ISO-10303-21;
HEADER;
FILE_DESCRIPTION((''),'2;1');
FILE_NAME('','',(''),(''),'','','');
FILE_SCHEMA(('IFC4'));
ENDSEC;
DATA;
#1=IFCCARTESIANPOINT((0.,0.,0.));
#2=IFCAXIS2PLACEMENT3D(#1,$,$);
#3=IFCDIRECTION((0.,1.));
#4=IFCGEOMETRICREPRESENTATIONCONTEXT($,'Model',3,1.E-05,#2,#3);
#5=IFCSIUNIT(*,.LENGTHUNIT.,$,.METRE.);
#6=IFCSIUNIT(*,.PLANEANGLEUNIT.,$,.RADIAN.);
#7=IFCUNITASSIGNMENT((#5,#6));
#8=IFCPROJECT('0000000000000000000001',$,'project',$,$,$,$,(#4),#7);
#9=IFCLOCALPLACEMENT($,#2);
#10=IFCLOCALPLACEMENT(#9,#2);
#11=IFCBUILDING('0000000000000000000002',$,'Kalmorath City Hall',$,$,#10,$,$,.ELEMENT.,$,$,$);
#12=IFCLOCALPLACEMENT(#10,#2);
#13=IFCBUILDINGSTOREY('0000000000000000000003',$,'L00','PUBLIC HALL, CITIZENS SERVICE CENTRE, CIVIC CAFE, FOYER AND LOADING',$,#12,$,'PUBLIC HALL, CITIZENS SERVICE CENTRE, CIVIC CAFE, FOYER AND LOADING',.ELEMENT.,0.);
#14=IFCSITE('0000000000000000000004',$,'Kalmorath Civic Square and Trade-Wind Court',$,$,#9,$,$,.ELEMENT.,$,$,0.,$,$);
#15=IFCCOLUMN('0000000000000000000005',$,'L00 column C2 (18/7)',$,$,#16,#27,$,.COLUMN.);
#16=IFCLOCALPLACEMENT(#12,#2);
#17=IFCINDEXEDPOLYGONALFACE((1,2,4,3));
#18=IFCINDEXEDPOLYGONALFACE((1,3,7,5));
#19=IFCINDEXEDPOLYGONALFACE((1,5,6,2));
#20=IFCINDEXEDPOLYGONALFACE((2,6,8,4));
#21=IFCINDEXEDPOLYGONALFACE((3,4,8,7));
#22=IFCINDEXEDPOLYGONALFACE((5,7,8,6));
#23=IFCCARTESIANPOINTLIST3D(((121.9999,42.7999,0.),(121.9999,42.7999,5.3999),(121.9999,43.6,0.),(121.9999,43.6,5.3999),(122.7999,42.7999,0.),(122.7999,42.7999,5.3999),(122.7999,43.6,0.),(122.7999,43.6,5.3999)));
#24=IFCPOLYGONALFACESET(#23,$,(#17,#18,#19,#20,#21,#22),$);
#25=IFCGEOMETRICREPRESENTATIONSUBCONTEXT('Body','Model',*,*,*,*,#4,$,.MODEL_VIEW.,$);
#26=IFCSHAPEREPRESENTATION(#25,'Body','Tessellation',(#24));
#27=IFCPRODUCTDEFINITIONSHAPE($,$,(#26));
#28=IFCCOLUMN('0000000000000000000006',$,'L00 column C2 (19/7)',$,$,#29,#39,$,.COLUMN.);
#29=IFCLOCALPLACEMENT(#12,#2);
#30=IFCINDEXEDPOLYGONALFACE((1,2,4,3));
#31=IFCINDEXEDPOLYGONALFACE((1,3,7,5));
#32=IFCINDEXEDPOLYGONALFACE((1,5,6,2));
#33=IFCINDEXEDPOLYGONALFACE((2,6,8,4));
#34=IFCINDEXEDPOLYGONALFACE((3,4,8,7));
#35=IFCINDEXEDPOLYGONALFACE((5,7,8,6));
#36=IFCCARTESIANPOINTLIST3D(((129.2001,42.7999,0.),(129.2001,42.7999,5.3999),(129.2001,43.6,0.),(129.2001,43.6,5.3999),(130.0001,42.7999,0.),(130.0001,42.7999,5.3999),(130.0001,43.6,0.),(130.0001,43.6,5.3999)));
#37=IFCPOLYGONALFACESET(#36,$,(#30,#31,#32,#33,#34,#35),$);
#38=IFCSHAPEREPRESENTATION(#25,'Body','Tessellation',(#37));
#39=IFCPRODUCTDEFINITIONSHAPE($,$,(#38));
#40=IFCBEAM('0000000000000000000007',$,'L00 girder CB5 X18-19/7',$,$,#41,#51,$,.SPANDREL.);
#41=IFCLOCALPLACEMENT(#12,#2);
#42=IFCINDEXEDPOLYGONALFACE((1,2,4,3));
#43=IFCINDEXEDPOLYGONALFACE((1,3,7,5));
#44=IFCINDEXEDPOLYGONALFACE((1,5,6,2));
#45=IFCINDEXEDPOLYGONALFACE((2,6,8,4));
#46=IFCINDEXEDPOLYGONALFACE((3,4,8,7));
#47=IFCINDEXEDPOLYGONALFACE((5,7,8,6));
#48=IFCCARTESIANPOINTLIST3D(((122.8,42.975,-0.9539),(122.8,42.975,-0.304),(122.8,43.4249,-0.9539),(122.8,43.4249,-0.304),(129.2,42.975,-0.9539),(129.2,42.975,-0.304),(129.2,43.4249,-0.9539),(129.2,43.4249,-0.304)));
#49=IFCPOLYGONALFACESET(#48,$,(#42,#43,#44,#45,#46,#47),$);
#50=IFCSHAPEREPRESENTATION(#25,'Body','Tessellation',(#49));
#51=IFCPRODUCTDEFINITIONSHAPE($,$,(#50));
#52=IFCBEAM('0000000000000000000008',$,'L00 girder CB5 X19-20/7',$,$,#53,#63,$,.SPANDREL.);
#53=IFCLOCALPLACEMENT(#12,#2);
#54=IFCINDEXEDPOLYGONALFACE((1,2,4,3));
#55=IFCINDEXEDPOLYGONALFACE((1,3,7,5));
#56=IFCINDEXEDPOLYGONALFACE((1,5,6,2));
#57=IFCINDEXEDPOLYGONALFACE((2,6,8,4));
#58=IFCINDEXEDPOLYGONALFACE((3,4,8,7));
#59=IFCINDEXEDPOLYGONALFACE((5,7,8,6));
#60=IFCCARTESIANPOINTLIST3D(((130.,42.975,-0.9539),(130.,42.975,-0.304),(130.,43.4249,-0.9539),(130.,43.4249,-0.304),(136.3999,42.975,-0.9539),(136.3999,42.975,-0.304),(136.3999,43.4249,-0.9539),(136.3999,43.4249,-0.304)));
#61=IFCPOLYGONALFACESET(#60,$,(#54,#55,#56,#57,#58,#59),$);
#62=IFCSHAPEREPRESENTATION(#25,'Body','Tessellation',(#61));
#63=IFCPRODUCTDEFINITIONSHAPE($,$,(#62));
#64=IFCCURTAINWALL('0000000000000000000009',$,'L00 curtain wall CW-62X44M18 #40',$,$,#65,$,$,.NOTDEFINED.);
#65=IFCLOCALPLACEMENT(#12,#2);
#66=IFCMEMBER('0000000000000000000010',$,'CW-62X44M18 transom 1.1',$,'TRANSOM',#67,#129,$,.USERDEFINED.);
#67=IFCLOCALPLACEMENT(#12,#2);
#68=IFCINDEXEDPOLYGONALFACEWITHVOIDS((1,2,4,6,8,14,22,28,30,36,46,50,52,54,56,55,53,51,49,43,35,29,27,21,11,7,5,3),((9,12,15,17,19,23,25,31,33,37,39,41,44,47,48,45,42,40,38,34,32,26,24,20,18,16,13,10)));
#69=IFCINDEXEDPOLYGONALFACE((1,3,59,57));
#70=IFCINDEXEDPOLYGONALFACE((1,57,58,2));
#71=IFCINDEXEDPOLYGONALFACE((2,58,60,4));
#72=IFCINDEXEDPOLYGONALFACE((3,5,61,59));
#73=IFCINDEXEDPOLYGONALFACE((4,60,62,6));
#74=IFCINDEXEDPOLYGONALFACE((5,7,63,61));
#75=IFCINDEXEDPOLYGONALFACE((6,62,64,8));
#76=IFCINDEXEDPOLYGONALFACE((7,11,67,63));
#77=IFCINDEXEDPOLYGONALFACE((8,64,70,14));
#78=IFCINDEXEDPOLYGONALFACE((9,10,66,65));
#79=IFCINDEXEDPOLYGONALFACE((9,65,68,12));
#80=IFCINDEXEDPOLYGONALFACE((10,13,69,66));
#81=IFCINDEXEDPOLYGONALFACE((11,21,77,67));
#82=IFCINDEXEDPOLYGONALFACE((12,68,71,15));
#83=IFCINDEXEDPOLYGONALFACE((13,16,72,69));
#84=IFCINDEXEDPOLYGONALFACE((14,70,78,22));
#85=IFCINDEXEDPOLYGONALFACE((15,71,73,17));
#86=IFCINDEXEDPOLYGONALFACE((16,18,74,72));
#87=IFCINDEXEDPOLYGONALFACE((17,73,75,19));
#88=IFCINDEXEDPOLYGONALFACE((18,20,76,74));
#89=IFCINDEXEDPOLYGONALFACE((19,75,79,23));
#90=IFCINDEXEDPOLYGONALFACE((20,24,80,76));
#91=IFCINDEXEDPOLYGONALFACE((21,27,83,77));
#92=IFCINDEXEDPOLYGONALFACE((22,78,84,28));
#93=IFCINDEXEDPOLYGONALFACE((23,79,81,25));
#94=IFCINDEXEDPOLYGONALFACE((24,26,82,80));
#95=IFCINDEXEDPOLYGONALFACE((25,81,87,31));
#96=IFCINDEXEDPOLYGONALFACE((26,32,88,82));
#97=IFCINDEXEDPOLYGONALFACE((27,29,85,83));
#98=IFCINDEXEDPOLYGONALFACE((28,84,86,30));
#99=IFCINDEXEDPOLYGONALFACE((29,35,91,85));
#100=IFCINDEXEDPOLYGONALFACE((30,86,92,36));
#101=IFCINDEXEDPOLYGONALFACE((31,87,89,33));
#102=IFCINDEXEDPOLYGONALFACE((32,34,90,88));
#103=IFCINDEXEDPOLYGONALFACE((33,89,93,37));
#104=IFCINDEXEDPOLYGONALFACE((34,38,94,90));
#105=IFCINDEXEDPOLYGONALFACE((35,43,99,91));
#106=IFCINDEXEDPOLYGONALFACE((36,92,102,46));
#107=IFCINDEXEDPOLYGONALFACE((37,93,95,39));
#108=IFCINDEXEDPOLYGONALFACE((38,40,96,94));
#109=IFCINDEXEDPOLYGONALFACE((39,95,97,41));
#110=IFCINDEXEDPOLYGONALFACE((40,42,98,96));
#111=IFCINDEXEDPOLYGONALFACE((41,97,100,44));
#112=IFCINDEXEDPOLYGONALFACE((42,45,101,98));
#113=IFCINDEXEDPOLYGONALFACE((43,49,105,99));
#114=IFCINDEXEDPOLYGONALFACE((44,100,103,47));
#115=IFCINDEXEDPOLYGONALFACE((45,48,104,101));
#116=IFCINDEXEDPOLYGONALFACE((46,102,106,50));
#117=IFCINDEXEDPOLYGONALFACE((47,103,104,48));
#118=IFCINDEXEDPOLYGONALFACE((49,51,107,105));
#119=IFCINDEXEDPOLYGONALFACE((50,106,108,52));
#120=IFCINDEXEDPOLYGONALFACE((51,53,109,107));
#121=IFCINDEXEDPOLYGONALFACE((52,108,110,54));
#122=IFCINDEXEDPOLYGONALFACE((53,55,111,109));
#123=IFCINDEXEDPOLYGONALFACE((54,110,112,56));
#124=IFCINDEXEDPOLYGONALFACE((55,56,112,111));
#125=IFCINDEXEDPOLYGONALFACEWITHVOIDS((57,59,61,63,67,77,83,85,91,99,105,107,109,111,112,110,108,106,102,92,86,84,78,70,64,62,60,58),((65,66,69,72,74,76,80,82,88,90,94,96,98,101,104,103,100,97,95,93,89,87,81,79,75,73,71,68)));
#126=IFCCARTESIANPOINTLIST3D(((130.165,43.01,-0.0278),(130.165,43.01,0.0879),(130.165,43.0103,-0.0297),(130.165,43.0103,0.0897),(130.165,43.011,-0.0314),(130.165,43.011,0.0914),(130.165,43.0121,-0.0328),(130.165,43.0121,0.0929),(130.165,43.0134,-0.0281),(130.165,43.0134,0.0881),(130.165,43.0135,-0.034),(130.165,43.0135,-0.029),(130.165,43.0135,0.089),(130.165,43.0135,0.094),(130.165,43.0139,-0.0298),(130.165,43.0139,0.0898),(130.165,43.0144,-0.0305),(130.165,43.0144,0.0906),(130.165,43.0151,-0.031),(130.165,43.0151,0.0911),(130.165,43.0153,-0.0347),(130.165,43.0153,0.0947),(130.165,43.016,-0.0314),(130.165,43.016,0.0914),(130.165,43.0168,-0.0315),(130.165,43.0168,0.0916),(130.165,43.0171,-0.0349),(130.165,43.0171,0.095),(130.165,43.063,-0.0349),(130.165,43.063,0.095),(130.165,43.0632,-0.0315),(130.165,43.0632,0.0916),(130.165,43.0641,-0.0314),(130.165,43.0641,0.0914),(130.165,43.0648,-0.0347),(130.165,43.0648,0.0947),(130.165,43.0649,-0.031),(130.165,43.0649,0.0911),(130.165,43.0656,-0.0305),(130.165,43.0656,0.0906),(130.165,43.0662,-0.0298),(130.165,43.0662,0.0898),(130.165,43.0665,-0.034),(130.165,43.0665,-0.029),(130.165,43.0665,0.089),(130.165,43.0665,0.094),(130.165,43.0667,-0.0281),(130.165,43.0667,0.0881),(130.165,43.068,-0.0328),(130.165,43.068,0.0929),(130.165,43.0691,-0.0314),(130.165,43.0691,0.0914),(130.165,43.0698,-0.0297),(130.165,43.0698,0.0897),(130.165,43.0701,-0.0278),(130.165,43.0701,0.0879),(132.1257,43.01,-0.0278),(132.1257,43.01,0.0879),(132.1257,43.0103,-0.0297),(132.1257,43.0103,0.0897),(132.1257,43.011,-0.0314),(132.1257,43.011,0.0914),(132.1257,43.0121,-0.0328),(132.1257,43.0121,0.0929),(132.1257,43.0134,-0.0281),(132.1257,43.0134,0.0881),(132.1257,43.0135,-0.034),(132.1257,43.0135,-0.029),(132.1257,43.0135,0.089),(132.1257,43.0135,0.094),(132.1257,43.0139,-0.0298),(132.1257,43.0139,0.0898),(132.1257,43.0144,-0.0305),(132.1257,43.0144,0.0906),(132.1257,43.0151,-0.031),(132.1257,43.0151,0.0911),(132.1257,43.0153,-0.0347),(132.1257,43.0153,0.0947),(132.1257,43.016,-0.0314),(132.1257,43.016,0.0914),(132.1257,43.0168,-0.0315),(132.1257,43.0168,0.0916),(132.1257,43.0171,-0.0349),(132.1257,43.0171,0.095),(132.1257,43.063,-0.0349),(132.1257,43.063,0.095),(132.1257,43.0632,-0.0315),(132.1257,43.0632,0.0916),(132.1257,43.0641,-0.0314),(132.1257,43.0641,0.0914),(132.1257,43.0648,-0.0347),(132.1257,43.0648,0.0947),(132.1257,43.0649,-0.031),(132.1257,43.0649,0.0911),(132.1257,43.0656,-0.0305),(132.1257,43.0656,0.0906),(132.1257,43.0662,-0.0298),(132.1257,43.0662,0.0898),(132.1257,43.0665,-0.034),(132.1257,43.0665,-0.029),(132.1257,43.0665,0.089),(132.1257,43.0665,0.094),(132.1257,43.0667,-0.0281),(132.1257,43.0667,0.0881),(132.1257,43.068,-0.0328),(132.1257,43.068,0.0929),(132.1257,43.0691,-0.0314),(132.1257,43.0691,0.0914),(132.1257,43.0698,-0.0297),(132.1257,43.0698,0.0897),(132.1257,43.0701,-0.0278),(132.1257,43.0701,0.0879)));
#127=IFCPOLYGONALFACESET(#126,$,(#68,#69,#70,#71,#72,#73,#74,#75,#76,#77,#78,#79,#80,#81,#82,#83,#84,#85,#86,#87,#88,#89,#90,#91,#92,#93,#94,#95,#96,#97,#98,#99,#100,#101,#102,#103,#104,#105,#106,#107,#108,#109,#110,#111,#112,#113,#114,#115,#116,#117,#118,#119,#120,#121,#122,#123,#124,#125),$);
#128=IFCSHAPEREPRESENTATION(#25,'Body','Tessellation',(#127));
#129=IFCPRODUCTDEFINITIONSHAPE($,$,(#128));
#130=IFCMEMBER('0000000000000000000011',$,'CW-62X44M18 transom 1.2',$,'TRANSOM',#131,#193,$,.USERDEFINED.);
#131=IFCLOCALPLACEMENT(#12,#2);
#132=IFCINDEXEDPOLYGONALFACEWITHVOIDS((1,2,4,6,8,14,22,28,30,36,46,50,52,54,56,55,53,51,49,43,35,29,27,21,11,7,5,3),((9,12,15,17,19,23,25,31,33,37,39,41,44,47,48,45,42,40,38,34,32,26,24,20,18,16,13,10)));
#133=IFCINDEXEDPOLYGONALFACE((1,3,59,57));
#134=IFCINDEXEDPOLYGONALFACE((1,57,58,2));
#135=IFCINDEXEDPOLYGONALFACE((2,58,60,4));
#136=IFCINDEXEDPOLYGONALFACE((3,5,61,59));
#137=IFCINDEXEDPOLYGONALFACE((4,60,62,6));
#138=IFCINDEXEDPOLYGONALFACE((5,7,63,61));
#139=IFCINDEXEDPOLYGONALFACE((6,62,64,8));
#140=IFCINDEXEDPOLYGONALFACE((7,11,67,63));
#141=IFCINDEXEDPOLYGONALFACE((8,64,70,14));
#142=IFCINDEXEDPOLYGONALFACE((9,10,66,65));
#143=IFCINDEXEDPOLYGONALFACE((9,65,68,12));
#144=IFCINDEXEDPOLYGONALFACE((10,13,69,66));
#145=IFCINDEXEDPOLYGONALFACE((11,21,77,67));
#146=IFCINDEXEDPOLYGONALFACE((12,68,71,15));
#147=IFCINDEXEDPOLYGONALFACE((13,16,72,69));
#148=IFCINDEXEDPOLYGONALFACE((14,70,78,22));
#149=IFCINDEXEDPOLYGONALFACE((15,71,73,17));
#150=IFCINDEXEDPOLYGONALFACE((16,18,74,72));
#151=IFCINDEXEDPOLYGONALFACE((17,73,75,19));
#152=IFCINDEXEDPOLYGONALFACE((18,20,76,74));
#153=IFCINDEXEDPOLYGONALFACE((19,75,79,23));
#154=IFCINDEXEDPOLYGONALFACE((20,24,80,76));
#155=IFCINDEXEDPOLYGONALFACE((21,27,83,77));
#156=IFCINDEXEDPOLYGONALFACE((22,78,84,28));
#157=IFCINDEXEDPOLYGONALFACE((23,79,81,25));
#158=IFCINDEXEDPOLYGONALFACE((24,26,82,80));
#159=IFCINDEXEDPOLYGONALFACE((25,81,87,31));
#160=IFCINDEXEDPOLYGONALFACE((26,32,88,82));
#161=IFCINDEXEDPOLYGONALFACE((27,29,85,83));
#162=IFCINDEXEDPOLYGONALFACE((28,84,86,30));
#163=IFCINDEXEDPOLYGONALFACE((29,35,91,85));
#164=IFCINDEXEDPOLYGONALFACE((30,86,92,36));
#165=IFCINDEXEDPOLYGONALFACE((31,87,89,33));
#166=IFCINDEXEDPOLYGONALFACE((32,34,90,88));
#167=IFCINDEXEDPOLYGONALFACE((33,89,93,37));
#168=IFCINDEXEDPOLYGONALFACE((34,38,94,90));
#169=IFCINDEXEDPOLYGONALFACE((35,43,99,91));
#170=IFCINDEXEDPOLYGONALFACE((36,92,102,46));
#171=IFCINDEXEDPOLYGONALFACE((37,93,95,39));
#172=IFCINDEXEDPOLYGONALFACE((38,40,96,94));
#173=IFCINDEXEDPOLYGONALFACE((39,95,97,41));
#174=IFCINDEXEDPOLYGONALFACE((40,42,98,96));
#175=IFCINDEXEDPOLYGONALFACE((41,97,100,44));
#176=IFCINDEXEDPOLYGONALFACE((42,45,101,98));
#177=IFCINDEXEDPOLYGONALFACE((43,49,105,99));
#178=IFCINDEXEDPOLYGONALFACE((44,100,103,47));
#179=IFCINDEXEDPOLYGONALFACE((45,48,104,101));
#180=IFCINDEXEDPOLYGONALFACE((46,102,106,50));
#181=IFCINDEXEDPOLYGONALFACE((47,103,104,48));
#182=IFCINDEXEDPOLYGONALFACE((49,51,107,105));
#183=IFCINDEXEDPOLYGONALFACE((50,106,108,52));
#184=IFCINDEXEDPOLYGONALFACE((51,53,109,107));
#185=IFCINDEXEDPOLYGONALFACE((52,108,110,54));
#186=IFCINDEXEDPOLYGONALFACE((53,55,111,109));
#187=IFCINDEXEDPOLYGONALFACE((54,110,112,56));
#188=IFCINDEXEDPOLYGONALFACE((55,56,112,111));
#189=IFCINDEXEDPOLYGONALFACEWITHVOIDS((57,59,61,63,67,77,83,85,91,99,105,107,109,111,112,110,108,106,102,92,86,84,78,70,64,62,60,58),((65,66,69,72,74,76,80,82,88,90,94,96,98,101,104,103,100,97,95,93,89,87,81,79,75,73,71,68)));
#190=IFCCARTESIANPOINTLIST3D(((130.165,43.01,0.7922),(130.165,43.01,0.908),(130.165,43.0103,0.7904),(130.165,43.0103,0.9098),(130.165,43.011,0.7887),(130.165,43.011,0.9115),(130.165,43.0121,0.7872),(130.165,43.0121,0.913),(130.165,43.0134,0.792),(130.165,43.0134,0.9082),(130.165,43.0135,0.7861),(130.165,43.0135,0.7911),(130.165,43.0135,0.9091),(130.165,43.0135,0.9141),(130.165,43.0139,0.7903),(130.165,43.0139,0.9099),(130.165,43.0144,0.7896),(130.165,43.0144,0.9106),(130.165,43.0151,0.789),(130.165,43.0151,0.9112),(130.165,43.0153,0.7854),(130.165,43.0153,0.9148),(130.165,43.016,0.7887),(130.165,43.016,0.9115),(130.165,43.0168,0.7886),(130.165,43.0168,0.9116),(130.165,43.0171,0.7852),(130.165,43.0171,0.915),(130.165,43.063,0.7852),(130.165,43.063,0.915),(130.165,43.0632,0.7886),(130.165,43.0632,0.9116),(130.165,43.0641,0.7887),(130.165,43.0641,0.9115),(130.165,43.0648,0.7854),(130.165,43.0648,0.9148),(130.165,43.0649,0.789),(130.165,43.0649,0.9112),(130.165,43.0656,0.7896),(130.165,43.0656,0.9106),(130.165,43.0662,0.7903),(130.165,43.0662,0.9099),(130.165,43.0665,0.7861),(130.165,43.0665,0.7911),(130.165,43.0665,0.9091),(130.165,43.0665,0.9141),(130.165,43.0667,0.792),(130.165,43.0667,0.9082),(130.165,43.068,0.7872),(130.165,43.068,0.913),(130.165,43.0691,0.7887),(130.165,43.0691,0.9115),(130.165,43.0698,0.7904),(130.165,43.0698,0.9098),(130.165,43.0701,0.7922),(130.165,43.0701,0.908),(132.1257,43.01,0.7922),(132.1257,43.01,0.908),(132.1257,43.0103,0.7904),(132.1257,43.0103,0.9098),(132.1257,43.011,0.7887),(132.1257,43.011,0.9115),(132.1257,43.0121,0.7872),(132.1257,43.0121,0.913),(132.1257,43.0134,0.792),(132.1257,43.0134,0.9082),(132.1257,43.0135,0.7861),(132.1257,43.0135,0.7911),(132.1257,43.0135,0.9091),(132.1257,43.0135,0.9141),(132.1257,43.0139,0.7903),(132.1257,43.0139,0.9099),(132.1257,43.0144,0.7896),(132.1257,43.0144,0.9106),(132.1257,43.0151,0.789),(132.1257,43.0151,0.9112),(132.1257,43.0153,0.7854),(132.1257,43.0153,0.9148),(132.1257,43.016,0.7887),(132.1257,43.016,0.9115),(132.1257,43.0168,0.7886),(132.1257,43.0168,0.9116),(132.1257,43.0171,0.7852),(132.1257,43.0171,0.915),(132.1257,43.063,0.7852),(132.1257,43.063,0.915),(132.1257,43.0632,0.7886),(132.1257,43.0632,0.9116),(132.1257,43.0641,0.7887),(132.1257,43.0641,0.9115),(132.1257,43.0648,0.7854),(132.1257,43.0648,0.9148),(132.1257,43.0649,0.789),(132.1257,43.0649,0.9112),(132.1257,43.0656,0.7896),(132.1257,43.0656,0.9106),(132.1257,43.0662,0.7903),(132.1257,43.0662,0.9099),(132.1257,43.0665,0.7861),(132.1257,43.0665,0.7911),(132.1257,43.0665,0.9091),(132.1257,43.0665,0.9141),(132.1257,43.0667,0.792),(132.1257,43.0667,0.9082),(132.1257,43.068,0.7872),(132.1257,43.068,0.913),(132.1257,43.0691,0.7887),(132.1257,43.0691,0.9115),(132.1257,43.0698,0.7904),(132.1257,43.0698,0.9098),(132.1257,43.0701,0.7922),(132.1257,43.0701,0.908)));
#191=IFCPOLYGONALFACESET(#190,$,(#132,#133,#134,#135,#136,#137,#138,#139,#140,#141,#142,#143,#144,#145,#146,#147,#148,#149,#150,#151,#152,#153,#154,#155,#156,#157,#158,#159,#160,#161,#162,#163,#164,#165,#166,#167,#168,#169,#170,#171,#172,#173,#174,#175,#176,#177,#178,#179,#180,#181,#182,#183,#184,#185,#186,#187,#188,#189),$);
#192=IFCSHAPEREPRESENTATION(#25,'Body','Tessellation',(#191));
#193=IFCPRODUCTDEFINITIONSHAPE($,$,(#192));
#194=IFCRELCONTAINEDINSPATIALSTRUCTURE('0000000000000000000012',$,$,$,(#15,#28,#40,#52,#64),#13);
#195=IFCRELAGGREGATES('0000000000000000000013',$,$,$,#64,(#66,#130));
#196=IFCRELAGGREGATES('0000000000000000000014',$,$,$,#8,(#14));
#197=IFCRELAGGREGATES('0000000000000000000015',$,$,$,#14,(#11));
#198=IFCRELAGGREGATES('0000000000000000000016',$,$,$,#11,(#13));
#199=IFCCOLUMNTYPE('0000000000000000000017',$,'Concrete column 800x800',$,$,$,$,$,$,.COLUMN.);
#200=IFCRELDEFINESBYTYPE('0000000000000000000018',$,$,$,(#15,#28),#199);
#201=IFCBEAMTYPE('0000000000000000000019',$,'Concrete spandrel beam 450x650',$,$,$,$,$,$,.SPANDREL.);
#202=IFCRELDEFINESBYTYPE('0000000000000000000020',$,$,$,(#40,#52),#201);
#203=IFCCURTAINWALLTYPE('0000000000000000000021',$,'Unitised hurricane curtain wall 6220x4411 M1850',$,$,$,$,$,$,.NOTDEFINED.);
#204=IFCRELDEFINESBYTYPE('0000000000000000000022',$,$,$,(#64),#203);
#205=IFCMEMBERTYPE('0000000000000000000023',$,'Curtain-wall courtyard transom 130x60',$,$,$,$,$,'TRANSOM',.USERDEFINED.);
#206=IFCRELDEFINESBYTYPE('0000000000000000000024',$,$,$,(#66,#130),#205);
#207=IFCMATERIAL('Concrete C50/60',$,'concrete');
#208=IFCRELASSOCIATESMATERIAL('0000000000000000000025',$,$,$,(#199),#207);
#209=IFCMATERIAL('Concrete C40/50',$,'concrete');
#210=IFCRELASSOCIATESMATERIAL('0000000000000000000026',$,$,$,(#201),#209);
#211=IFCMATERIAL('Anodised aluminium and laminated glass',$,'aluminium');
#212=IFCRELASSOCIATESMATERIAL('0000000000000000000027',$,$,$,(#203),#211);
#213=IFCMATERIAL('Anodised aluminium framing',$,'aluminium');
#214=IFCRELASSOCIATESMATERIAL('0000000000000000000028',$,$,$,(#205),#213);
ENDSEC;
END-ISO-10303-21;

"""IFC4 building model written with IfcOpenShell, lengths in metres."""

from ifc_helpers import new_model, si_unit, direction, frame, origin, origin_2d, place, context, subcontext, project, spatial, rectangle, hollow_rectangle, extrude, material, material_profile, profile_set, type_object, element, aggregate, save


model = new_model("IFC4")

# Units and contexts
model_context = context("Model", 3, precision=1e-05, world=origin(), true_north=direction((0.0, 1.0)))
body_context = subcontext(model_context, "Body", "Model", "MODEL_VIEW")
ifc_project = project(units=[si_unit("LENGTHUNIT", "METRE"), si_unit("PLANEANGLEUNIT", "RADIAN")], contexts=[model_context])

# Site, building, storey
site_placement = place(None, origin())
site = spatial("IfcSite", under=ifc_project, at=site_placement, Name="Kalmorath Civic Square and Trade-Wind Court", CompositionType="ELEMENT", RefElevation=0.0)
building_placement = place(site_placement, origin())
building = spatial("IfcBuilding", under=site, at=building_placement, Name="Kalmorath City Hall", CompositionType="ELEMENT")
storey_placement = place(building_placement, origin())
storey = spatial("IfcBuildingStorey", under=building, at=storey_placement, Name="L00", Description="PUBLIC HALL, CITIZENS SERVICE CENTRE, CIVIC CAFE, FOYER AND LOADING", LongName="PUBLIC HALL, CITIZENS SERVICE CENTRE, CIVIC CAFE, FOYER AND LOADING", CompositionType="ELEMENT", Elevation=0.0)

# Columns
ifc_material_1 = material(Name="Concrete C50/60", Category="concrete")
ifc_material_profile_1 = material_profile(ifc_material_1, rectangle(XDim=0.8, YDim=0.8, at=origin_2d()), Name="RC-COL-800X800")
ifc_profile_set_1 = profile_set([ifc_material_profile_1], Name="Concrete C50/60")
column_type = type_object("IfcColumnType", Name="Concrete column 800x800", PredefinedType="COLUMN", material=ifc_profile_set_1)
for number, where, z_axis, x_axis, name in (
    (1, (122.3999, 43.2, 0.0), (0.0, 0.0, 1.0), (1.0, 0.0, 0.0), "L00 column C2 (18/7)"),
    (2, (129.6001, 43.2, 0.0), (0.0, 0.0, 1.0), (1.0, 0.0, 0.0), "L00 column C2 (19/7)"),
):
    element("IfcColumn", number, at=place(storey_placement, frame(where, z_axis=z_axis, x_axis=x_axis)), inside=storey, type_object=column_type, Name=name, PredefinedType="COLUMN", context=body_context, shape_type="SweptSolid", body=[
        extrude(rectangle(XDim=0.8, YDim=0.8, at=origin_2d()), origin(), (0.0, 0.0, 1.0), 5.3999),
    ])

# Beams
ifc_material_2 = material(Name="Concrete C40/50", Category="concrete")
ifc_material_profile_2 = material_profile(ifc_material_2, rectangle(XDim=0.45, YDim=0.6499, at=origin_2d()), Name="RC-BM-450X650")
ifc_profile_set_2 = profile_set([ifc_material_profile_2], Name="Concrete C40/50")
beam_type_1 = type_object("IfcBeamType", Name="Concrete spandrel beam 450x650", PredefinedType="SPANDREL", material=ifc_profile_set_2)
for number, where, z_axis, x_axis, name in (
    (3, (122.8, 43.2, -0.6289), (1.0, 0.0, 0.0), (0.0, 1.0, 0.0), "L00 girder CB5 X18-19/7"),
    (4, (130.0, 43.2, -0.6289), (1.0, 0.0, 0.0), (0.0, 1.0, 0.0), "L00 girder CB5 X19-20/7"),
):
    element("IfcBeam", number, at=place(storey_placement, frame(where, z_axis=z_axis, x_axis=x_axis)), inside=storey, type_object=beam_type_1, Name=name, PredefinedType="SPANDREL", context=body_context, shape_type="SweptSolid", body=[
        extrude(rectangle(XDim=0.45, YDim=0.6499, at=origin_2d()), origin(), (0.0, 0.0, 1.0), 6.3999),
    ])

# Curtain wall, members
ifc_material_3 = material(Name="Anodised aluminium and laminated glass", Category="aluminium")
curtain_wall_type = type_object("IfcCurtainWallType", Name="Unitised hurricane curtain wall 6220x4411 M1850", PredefinedType="NOTDEFINED", material=ifc_material_3)
curtain_wall_placement = place(storey_placement, origin())
curtain_wall = element("IfcCurtainWall", 5, at=curtain_wall_placement, inside=storey, type_object=curtain_wall_type, Name="L00 curtain wall CW-62X44M18 #40", PredefinedType="NOTDEFINED")
ifc_material_4 = material(Name="Anodised aluminium framing", Category="aluminium")
ifc_material_profile_3 = material_profile(ifc_material_4, hollow_rectangle(XDim=0.0601, YDim=0.1299, WallThickness=0.0034, InnerFilletRadius=0.0034, OuterFilletRadius=0.0071, at=origin_2d()), Name="ALU-TRN-130X60X3.5")
ifc_profile_set_3 = profile_set([ifc_material_profile_3], Name="Anodised aluminium framing")
member_type_1 = type_object("IfcMemberType", Name="Curtain-wall courtyard transom 130x60", ElementType="TRANSOM", PredefinedType="USERDEFINED", material=ifc_profile_set_3)
member_1_placement = place(storey_placement, frame((130.165, 43.04, 0.03), z_axis=(1.0, 0.0, 0.0), x_axis=(0.0, 1.0, 0.0)))
member_1 = element("IfcMember", 6, at=member_1_placement, type_object=member_type_1, Name="CW-62X44M18 transom 1.1", ObjectType="TRANSOM", PredefinedType="USERDEFINED", context=body_context, shape_type="SweptSolid", body=[
    extrude(hollow_rectangle(XDim=0.0601, YDim=0.1299, WallThickness=0.0034, InnerFilletRadius=0.0034, OuterFilletRadius=0.0071, at=origin_2d()), origin(), (0.0, 0.0, 1.0), 1.9607),
])
member_2_placement = place(storey_placement, frame((130.165, 43.04, 0.8501), z_axis=(1.0, 0.0, 0.0), x_axis=(0.0, 1.0, 0.0)))
member_2 = element("IfcMember", 7, at=member_2_placement, type_object=member_type_1, Name="CW-62X44M18 transom 1.2", ObjectType="TRANSOM", PredefinedType="USERDEFINED", context=body_context, shape_type="SweptSolid", body=[
    extrude(hollow_rectangle(XDim=0.0601, YDim=0.1299, WallThickness=0.0034, InnerFilletRadius=0.0034, OuterFilletRadius=0.0071, at=origin_2d()), origin(), (0.0, 0.0, 1.0), 1.9607),
])

aggregate(curtain_wall, [member_1, member_2])

save(model, "model.ifc")
